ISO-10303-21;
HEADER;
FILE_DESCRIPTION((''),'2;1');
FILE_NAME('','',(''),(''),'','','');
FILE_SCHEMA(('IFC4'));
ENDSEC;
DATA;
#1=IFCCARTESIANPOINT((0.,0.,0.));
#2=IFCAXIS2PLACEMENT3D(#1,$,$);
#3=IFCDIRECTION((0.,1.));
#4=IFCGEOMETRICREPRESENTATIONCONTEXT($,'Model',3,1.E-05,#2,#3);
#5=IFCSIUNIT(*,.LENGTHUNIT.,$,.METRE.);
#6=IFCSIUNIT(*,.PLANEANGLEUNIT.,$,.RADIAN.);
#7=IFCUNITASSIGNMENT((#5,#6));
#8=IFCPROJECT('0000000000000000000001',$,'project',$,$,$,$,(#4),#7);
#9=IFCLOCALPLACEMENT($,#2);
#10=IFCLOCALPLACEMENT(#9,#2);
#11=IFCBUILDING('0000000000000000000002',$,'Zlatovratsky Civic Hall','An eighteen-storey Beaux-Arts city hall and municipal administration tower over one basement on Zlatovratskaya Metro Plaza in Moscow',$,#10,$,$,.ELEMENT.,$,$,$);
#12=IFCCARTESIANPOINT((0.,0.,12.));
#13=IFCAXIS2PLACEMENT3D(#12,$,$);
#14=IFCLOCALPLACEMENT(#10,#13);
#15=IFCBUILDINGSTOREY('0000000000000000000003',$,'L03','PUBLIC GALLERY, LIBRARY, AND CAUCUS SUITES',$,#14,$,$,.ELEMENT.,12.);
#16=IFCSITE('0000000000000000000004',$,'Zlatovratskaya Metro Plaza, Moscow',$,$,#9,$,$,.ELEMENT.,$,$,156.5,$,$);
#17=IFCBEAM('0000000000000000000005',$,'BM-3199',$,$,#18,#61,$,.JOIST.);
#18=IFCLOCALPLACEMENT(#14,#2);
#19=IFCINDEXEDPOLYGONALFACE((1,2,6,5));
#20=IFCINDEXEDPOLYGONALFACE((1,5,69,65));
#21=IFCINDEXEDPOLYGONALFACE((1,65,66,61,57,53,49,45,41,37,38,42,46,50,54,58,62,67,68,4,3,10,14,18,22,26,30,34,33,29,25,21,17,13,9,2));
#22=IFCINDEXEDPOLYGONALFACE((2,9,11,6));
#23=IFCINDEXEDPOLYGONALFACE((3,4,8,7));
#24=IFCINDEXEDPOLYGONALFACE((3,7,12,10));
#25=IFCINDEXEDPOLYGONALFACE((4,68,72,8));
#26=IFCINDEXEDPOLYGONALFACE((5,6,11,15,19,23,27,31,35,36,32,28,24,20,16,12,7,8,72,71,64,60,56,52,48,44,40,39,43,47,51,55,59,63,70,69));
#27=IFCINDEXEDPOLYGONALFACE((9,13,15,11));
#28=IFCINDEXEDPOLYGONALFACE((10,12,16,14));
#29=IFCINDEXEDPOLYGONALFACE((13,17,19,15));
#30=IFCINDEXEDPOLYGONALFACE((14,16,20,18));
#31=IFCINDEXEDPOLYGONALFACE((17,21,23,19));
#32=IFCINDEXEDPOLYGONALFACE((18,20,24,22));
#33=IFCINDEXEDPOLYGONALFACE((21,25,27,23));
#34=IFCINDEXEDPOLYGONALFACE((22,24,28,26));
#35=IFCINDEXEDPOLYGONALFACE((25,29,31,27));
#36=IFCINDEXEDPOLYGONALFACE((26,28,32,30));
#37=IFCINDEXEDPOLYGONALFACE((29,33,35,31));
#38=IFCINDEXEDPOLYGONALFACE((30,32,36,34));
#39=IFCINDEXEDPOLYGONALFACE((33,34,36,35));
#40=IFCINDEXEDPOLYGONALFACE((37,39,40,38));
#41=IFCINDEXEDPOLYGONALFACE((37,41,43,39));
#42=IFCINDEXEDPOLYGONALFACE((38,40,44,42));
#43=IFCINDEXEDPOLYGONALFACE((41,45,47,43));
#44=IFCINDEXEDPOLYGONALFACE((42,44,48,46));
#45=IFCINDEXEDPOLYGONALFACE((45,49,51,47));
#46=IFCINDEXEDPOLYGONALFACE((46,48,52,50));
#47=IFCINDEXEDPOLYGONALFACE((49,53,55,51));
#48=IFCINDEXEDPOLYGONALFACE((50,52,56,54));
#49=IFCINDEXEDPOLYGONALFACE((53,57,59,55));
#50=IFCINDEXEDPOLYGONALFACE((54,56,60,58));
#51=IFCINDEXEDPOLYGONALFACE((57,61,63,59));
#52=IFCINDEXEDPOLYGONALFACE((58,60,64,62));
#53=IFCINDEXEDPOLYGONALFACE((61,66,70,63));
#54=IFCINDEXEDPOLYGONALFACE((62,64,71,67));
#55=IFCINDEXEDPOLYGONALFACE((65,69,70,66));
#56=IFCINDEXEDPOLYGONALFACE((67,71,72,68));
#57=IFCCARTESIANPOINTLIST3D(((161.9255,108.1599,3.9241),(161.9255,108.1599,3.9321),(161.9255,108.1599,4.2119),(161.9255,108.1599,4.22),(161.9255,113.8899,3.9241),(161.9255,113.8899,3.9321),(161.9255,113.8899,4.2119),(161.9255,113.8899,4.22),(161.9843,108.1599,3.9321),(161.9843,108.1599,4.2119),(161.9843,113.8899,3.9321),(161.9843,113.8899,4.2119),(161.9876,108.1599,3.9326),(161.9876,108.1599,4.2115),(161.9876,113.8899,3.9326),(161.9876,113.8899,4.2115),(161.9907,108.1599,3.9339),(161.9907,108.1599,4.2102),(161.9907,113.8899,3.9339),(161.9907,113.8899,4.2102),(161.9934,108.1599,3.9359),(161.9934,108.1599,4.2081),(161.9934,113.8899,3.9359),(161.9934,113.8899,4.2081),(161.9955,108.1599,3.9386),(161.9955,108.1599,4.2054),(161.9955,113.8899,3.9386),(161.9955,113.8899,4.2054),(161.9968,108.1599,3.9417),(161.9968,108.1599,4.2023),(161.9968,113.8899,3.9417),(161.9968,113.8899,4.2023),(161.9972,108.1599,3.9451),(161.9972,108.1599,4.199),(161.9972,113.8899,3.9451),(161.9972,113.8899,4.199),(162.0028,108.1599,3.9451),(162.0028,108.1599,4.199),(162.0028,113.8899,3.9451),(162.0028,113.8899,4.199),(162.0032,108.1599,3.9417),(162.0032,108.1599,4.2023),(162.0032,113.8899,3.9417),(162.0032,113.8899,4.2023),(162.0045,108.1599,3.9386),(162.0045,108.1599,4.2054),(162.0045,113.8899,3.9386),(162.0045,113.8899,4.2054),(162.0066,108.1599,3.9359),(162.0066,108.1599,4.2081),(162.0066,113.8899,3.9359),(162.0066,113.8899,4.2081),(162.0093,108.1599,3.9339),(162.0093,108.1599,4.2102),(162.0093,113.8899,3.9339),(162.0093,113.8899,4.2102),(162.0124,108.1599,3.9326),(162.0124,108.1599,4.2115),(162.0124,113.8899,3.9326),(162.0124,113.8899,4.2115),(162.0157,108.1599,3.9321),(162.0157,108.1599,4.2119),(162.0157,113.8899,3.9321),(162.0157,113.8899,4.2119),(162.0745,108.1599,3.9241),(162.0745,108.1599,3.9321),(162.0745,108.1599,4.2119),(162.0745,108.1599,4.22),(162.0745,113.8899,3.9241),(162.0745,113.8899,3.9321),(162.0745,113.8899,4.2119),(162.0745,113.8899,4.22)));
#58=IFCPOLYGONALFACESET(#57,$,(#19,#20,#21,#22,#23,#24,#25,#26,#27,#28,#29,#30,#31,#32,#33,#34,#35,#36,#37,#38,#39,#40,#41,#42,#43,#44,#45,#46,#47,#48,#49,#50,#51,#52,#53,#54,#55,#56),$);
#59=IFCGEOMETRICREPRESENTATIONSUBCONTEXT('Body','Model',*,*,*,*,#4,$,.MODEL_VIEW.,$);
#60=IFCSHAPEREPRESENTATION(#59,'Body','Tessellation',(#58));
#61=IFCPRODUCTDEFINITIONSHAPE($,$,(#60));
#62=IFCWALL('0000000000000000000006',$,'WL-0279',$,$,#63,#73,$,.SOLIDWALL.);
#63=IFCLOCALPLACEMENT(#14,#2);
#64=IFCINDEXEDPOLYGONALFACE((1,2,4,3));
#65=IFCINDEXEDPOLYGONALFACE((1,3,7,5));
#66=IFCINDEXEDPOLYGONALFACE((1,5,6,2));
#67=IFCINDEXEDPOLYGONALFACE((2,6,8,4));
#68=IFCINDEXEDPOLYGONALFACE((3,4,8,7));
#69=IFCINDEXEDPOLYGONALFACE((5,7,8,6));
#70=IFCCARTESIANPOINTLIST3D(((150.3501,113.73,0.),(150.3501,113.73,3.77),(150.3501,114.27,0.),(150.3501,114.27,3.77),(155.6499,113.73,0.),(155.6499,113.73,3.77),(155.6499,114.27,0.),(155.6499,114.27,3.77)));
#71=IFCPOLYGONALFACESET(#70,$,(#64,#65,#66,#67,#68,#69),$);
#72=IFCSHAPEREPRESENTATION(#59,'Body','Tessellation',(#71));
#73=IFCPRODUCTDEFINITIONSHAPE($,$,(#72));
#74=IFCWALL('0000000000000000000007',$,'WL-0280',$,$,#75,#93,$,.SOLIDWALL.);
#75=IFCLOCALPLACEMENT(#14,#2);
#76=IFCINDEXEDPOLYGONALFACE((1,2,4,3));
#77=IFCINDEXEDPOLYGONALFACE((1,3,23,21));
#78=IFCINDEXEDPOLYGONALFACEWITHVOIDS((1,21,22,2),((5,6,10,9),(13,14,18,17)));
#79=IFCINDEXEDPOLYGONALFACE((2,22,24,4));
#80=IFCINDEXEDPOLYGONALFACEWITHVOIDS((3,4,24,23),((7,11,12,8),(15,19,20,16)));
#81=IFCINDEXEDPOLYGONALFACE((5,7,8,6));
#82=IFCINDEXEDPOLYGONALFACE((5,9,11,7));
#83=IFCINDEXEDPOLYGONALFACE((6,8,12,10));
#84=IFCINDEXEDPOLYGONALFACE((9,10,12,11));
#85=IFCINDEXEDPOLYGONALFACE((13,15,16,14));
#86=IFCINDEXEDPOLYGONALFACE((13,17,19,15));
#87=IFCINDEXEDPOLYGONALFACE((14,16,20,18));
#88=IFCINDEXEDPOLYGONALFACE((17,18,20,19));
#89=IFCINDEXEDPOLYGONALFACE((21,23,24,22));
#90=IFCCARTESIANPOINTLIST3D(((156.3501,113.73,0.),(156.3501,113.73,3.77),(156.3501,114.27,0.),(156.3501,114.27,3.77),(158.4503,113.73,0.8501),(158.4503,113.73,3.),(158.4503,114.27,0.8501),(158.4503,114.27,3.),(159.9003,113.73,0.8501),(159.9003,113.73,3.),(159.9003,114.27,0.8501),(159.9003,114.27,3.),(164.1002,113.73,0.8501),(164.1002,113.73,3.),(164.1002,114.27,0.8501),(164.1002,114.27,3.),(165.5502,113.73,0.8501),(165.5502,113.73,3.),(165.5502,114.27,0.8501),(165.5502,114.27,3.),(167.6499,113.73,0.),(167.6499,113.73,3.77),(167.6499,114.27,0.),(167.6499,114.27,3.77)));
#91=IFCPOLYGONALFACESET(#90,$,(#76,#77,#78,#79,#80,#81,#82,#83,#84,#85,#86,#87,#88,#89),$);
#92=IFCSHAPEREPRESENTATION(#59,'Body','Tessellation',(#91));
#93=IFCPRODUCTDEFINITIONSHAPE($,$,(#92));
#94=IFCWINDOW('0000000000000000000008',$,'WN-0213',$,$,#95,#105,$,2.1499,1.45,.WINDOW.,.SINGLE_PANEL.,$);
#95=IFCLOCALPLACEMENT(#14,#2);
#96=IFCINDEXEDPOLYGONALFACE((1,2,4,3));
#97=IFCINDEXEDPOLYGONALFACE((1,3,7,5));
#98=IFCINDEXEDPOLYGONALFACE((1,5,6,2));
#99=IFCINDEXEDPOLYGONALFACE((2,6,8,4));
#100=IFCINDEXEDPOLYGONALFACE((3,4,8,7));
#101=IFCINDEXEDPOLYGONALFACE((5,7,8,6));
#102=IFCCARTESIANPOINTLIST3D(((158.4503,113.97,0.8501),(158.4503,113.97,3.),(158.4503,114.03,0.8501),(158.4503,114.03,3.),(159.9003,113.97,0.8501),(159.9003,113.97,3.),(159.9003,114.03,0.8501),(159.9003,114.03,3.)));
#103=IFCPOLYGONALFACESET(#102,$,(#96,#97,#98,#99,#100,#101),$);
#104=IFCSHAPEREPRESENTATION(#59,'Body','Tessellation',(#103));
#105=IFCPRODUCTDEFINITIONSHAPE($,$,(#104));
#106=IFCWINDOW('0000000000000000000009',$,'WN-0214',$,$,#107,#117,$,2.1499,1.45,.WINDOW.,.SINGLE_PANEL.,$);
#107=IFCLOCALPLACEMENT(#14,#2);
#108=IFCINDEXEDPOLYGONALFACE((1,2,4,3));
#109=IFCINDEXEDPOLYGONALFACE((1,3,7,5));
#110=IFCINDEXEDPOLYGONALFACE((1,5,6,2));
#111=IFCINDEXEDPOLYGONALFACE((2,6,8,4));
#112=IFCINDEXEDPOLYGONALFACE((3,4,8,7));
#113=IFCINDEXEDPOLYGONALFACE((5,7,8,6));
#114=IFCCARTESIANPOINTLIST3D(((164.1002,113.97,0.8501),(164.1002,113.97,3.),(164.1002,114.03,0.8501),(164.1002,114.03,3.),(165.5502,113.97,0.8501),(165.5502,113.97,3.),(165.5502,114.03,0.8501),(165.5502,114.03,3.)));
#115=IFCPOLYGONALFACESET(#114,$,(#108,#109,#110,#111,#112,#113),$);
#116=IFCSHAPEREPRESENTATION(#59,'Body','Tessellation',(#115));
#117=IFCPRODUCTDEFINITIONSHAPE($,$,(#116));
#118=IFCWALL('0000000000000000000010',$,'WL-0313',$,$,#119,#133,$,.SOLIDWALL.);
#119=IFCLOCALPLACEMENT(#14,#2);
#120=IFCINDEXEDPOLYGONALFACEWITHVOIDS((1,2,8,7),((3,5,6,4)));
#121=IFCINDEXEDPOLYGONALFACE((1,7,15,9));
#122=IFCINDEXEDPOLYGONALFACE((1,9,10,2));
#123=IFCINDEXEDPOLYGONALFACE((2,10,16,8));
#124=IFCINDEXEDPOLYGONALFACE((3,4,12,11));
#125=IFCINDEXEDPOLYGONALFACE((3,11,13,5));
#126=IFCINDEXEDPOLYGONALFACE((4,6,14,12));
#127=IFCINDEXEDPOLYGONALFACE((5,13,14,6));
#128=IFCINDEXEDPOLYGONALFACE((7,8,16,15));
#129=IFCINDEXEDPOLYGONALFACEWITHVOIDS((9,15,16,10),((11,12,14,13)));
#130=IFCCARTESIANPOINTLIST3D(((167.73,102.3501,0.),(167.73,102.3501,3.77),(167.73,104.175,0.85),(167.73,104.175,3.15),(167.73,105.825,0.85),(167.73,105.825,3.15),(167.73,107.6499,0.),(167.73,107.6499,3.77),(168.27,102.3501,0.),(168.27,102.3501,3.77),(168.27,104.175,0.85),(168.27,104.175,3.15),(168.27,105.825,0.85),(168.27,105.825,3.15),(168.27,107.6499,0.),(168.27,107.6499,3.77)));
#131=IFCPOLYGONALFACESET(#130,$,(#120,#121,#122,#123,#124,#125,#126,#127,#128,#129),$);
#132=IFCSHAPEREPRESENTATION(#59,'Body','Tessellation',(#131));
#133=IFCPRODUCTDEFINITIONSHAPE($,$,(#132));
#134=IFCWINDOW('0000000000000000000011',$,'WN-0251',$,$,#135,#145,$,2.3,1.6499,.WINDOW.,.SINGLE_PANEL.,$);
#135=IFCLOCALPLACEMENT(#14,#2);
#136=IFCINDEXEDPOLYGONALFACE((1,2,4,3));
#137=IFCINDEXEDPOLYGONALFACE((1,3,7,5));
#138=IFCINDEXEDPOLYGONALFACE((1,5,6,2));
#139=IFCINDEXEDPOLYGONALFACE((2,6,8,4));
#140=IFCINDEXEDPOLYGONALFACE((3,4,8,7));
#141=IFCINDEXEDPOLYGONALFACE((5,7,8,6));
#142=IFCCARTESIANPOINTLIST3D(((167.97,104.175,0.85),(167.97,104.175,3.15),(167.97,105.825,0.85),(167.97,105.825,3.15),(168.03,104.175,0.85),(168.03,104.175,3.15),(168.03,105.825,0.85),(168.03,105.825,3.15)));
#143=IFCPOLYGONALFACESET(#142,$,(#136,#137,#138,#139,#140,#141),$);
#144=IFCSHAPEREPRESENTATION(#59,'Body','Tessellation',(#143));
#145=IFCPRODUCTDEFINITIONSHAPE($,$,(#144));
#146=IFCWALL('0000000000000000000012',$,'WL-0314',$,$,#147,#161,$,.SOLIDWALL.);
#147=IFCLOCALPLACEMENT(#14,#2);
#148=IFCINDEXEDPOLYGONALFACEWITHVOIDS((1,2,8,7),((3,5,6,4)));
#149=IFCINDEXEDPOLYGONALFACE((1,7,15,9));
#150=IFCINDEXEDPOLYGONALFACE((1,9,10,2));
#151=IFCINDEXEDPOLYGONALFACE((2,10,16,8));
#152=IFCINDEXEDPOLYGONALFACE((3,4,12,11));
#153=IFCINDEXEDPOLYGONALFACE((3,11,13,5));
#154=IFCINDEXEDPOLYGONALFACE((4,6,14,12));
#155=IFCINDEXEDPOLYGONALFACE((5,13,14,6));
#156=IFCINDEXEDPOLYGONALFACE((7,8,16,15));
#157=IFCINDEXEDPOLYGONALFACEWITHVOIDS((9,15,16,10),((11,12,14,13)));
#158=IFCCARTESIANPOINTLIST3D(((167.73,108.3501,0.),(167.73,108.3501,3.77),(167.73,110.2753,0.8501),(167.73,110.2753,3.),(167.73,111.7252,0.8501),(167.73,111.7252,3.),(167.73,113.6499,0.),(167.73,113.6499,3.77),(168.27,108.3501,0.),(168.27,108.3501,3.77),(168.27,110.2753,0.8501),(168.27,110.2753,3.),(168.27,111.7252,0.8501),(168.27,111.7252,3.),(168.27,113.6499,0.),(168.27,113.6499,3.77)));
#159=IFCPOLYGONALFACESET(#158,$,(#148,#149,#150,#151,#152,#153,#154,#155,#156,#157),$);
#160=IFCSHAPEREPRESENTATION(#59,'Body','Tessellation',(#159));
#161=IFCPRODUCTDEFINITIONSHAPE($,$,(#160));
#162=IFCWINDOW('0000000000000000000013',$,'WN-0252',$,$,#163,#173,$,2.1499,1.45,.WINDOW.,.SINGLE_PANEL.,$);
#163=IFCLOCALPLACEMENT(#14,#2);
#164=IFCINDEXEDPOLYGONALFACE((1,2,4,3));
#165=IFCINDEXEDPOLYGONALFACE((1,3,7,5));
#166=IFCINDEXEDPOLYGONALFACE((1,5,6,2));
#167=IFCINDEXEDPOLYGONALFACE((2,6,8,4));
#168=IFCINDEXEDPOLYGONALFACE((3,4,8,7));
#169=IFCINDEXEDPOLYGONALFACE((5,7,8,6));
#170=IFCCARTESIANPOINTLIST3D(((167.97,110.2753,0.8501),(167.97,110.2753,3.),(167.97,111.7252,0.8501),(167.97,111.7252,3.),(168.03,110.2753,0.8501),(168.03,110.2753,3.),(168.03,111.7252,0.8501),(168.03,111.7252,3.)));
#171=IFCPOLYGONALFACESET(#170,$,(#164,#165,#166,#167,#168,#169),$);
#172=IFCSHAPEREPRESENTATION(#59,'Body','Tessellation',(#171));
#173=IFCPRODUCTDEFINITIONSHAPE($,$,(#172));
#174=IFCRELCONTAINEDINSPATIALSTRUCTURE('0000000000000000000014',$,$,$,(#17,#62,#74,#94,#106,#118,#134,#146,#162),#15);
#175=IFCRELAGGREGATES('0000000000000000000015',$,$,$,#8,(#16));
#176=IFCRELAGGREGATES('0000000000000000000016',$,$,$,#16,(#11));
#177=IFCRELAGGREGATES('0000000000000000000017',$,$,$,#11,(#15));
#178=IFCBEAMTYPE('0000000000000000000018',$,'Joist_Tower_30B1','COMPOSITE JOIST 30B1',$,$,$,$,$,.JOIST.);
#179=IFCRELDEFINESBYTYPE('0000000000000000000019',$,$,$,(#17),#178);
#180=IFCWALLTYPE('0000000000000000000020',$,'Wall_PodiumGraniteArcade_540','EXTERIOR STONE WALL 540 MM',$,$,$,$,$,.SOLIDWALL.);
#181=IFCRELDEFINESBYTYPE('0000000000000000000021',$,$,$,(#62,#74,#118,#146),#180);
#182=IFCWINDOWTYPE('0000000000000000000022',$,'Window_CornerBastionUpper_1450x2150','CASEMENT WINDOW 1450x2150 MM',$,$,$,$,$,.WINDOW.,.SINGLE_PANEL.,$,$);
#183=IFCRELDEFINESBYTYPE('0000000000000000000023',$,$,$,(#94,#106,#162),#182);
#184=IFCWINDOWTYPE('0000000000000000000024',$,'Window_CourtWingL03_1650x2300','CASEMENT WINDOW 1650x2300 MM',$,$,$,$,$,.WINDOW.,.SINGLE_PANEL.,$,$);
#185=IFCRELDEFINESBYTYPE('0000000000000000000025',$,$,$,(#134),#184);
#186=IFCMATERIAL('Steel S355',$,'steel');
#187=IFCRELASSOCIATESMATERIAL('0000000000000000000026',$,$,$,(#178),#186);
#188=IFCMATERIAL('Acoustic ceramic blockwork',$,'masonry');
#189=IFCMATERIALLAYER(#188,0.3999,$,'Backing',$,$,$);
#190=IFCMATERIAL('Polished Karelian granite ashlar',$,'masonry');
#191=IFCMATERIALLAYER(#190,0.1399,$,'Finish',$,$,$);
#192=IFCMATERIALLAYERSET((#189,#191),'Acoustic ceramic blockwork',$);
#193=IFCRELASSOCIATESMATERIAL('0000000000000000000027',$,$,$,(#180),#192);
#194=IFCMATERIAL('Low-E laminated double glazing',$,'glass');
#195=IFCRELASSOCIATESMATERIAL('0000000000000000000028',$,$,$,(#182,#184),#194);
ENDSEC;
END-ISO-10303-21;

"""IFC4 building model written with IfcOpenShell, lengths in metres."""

from ifc_helpers import new_model, si_unit, direction, frame, frame_2d, origin, origin_2d, place, context, subcontext, project, spatial, rectangle, i_section, extrude, material, layer, layer_set, material_profile, profile_set, type_object, element, fill, save


model = new_model("IFC4")

# Units and contexts
model_context = context("Model", 3, precision=1e-05, world=origin(), true_north=direction((0.0, 1.0)))
body_context = subcontext(model_context, "Body", "Model", "MODEL_VIEW")
ifc_project = project(units=[si_unit("LENGTHUNIT", "METRE"), si_unit("PLANEANGLEUNIT", "RADIAN")], contexts=[model_context])

# Site, building, storey
site_placement = place(None, origin())
site = spatial("IfcSite", under=ifc_project, at=site_placement, Name="Zlatovratskaya Metro Plaza, Moscow", CompositionType="ELEMENT", RefElevation=156.5)
building_placement = place(site_placement, origin())
building = spatial("IfcBuilding", under=site, at=building_placement, Name="Zlatovratsky Civic Hall", Description="An eighteen-storey Beaux-Arts city hall and municipal administration tower over one basement on Zlatovratskaya Metro Plaza in Moscow", CompositionType="ELEMENT")
storey_placement = place(building_placement, frame((0.0, 0.0, 12.0)))
storey = spatial("IfcBuildingStorey", under=building, at=storey_placement, Name="L03", Description="PUBLIC GALLERY, LIBRARY, AND CAUCUS SUITES", CompositionType="ELEMENT", Elevation=12.0)

# Shared definitions
ifc_material_1 = material(Name="Steel S355", Category="steel")

# Beam
ifc_material_profile_1 = material_profile(ifc_material_1, i_section(OverallWidth=0.1489, OverallDepth=0.2959, WebThickness=0.0056, FlangeThickness=0.0081, FilletRadius=0.0129, at=origin_2d()), Name="30B1")
ifc_profile_set_1 = profile_set([ifc_material_profile_1], Name="Steel S355")
beam_type_1 = type_object("IfcBeamType", Name="Joist_Tower_30B1", Description="COMPOSITE JOIST 30B1", PredefinedType="JOIST", material=ifc_profile_set_1)
beam_1_placement = place(storey_placement, frame((162.0, 108.1599, 4.072), z_axis=(0.0, 1.0, 0.0), x_axis=(-1.0, 0.0, 0.0)))
element("IfcBeam", 1, at=beam_1_placement, inside=storey, type_object=beam_type_1, Name="BM-3199", PredefinedType="JOIST", context=body_context, shape_type="SweptSolid", body=[
    extrude(i_section(OverallWidth=0.1489, OverallDepth=0.2959, WebThickness=0.0056, FlangeThickness=0.0081, FilletRadius=0.0129, at=origin_2d()), origin(), (0.0, 0.0, 1.0), 5.73),
])

# Wall
ifc_material_2 = material(Name="Acoustic ceramic blockwork", Category="masonry")
ifc_layer_1 = layer(ifc_material_2, 0.3999, Name="Backing")
ifc_material_3 = material(Name="Polished Karelian granite ashlar", Category="masonry")
ifc_layer_2 = layer(ifc_material_3, 0.1399, Name="Finish")
ifc_layer_set = layer_set([ifc_layer_1, ifc_layer_2], Name="Acoustic ceramic blockwork")
wall_type = type_object("IfcWallType", Name="Wall_PodiumGraniteArcade_540", Description="EXTERIOR STONE WALL 540 MM", PredefinedType="SOLIDWALL", material=ifc_layer_set)
wall_1_placement = place(storey_placement, frame((150.3501, 114.0, 0.0), z_axis=(0.0, 0.0, 1.0), x_axis=(1.0, 0.0, 0.0)))
element("IfcWall", 2, at=wall_1_placement, inside=storey, type_object=wall_type, Name="WL-0279", PredefinedType="SOLIDWALL", context=body_context, shape_type="SweptSolid", body=[
    extrude(rectangle(XDim=5.2998, YDim=0.54, at=frame_2d((2.6499, 0.0))), origin(), (0.0, 0.0, 1.0), 3.77),
])

# Wall, openings, windows
wall_2_placement = place(storey_placement, frame((156.3501, 114.0, 0.0), z_axis=(0.0, 0.0, 1.0), x_axis=(1.0, 0.0, 0.0)))
wall_2 = element("IfcWall", 3, at=wall_2_placement, inside=storey, type_object=wall_type, Name="WL-0280", PredefinedType="SOLIDWALL", context=body_context, shape_type="SweptSolid", body=[
    extrude(rectangle(XDim=11.2998, YDim=0.54, at=frame_2d((5.6499, 0.0))), origin(), (0.0, 0.0, 1.0), 3.77),
])
opening_1_placement = place(wall_2_placement, frame((2.1001, 0.0, 0.8501)))
opening_1 = element("IfcOpeningElement", 4, at=opening_1_placement, cuts=wall_2, PredefinedType="OPENING", context=body_context, shape_type="SweptSolid", body=[
    extrude(rectangle(XDim=1.45, YDim=2.1499, at=frame_2d((0.7251, 1.075))), frame((0.0, 0.2849, 0.0), z_axis=(0.0, -1.0, 0.0), x_axis=(1.0, 0.0, 0.0)), (0.0, 0.0, 1.0), 0.5698),
])
opening_2_placement = place(wall_2_placement, frame((7.75, 0.0, 0.8501)))
opening_2 = element("IfcOpeningElement", 5, at=opening_2_placement, cuts=wall_2, PredefinedType="OPENING", context=body_context, shape_type="SweptSolid", body=[
    extrude(rectangle(XDim=1.45, YDim=2.1499, at=frame_2d((0.7251, 1.075))), frame((0.0, 0.2849, 0.0), z_axis=(0.0, -1.0, 0.0), x_axis=(1.0, 0.0, 0.0)), (0.0, 0.0, 1.0), 0.5698),
])
ifc_material_4 = material(Name="Low-E laminated double glazing", Category="glass")
window_type_1 = type_object("IfcWindowType", Name="Window_CornerBastionUpper_1450x2150", Description="CASEMENT WINDOW 1450x2150 MM", PartitioningType="SINGLE_PANEL", PredefinedType="WINDOW", material=ifc_material_4)
window_1_placement = place(opening_1_placement, origin())
window_1 = element("IfcWindow", 6, at=window_1_placement, inside=storey, type_object=window_type_1, Name="WN-0213", OverallHeight=2.1499, OverallWidth=1.45, PartitioningType="SINGLE_PANEL", PredefinedType="WINDOW", context=body_context, shape_type="SweptSolid", body=[
    extrude(rectangle(XDim=1.45, YDim=2.1499, at=frame_2d((0.7251, 1.075))), frame((0.0, 0.03, 0.0), z_axis=(0.0, -1.0, 0.0), x_axis=(1.0, 0.0, 0.0)), (0.0, 0.0, 1.0), 0.0601),
])
fill(opening_1, window_1)
window_2_placement = place(opening_2_placement, origin())
window_2 = element("IfcWindow", 7, at=window_2_placement, inside=storey, type_object=window_type_1, Name="WN-0214", OverallHeight=2.1499, OverallWidth=1.45, PartitioningType="SINGLE_PANEL", PredefinedType="WINDOW", context=body_context, shape_type="SweptSolid", body=[
    extrude(rectangle(XDim=1.45, YDim=2.1499, at=frame_2d((0.7251, 1.075))), frame((0.0, 0.03, 0.0), z_axis=(0.0, -1.0, 0.0), x_axis=(1.0, 0.0, 0.0)), (0.0, 0.0, 1.0), 0.0601),
])
fill(opening_2, window_2)

# Walls, openings, windows
wall_3_placement = place(storey_placement, frame((168.0, 102.3501, 0.0), z_axis=(0.0, 0.0, 1.0), x_axis=(0.0, 1.0, 0.0)))
wall_3 = element("IfcWall", 8, at=wall_3_placement, inside=storey, type_object=wall_type, Name="WL-0313", PredefinedType="SOLIDWALL", context=body_context, shape_type="SweptSolid", body=[
    extrude(rectangle(XDim=5.2998, YDim=0.54, at=frame_2d((2.6499, 0.0))), origin(), (0.0, 0.0, 1.0), 3.77),
])
opening_3_placement = place(wall_3_placement, frame((1.825, 0.0, 0.8501)))
opening_3 = element("IfcOpeningElement", 9, at=opening_3_placement, cuts=wall_3, PredefinedType="OPENING", context=body_context, shape_type="SweptSolid", body=[
    extrude(rectangle(XDim=1.6499, YDim=2.3, at=frame_2d((0.825, 1.1499))), frame((0.0, 0.2849, 0.0), z_axis=(0.0, -1.0, 0.0), x_axis=(1.0, 0.0, 0.0)), (0.0, 0.0, 1.0), 0.5698),
])
window_type_2 = type_object("IfcWindowType", Name="Window_CourtWingL03_1650x2300", Description="CASEMENT WINDOW 1650x2300 MM", PartitioningType="SINGLE_PANEL", PredefinedType="WINDOW", material=ifc_material_4)
window_3_placement = place(opening_3_placement, origin())
window_3 = element("IfcWindow", 10, at=window_3_placement, inside=storey, type_object=window_type_2, Name="WN-0251", OverallHeight=2.3, OverallWidth=1.6499, PartitioningType="SINGLE_PANEL", PredefinedType="WINDOW", context=body_context, shape_type="SweptSolid", body=[
    extrude(rectangle(XDim=1.6499, YDim=2.3, at=frame_2d((0.825, 1.1499))), frame((0.0, 0.03, 0.0), z_axis=(0.0, -1.0, 0.0), x_axis=(1.0, 0.0, 0.0)), (0.0, 0.0, 1.0), 0.0601),
])
fill(opening_3, window_3)
wall_4_placement = place(storey_placement, frame((168.0, 108.3501, 0.0), z_axis=(0.0, 0.0, 1.0), x_axis=(0.0, 1.0, 0.0)))
wall_4 = element("IfcWall", 11, at=wall_4_placement, inside=storey, type_object=wall_type, Name="WL-0314", PredefinedType="SOLIDWALL", context=body_context, shape_type="SweptSolid", body=[
    extrude(rectangle(XDim=5.2998, YDim=0.54, at=frame_2d((2.6499, 0.0))), origin(), (0.0, 0.0, 1.0), 3.77),
])
opening_4_placement = place(wall_4_placement, frame((1.925, 0.0, 0.8501)))
opening_4 = element("IfcOpeningElement", 12, at=opening_4_placement, cuts=wall_4, PredefinedType="OPENING", context=body_context, shape_type="SweptSolid", body=[
    extrude(rectangle(XDim=1.45, YDim=2.1499, at=frame_2d((0.7251, 1.075))), frame((0.0, 0.2849, 0.0), z_axis=(0.0, -1.0, 0.0), x_axis=(1.0, 0.0, 0.0)), (0.0, 0.0, 1.0), 0.5698),
])
window_4_placement = place(opening_4_placement, origin())
window_4 = element("IfcWindow", 13, at=window_4_placement, inside=storey, type_object=window_type_1, Name="WN-0252", OverallHeight=2.1499, OverallWidth=1.45, PartitioningType="SINGLE_PANEL", PredefinedType="WINDOW", context=body_context, shape_type="SweptSolid", body=[
    extrude(rectangle(XDim=1.45, YDim=2.1499, at=frame_2d((0.7251, 1.075))), frame((0.0, 0.03, 0.0), z_axis=(0.0, -1.0, 0.0), x_axis=(1.0, 0.0, 0.0)), (0.0, 0.0, 1.0), 0.0601),
])
fill(opening_4, window_4)

save(model, "model.ifc")
